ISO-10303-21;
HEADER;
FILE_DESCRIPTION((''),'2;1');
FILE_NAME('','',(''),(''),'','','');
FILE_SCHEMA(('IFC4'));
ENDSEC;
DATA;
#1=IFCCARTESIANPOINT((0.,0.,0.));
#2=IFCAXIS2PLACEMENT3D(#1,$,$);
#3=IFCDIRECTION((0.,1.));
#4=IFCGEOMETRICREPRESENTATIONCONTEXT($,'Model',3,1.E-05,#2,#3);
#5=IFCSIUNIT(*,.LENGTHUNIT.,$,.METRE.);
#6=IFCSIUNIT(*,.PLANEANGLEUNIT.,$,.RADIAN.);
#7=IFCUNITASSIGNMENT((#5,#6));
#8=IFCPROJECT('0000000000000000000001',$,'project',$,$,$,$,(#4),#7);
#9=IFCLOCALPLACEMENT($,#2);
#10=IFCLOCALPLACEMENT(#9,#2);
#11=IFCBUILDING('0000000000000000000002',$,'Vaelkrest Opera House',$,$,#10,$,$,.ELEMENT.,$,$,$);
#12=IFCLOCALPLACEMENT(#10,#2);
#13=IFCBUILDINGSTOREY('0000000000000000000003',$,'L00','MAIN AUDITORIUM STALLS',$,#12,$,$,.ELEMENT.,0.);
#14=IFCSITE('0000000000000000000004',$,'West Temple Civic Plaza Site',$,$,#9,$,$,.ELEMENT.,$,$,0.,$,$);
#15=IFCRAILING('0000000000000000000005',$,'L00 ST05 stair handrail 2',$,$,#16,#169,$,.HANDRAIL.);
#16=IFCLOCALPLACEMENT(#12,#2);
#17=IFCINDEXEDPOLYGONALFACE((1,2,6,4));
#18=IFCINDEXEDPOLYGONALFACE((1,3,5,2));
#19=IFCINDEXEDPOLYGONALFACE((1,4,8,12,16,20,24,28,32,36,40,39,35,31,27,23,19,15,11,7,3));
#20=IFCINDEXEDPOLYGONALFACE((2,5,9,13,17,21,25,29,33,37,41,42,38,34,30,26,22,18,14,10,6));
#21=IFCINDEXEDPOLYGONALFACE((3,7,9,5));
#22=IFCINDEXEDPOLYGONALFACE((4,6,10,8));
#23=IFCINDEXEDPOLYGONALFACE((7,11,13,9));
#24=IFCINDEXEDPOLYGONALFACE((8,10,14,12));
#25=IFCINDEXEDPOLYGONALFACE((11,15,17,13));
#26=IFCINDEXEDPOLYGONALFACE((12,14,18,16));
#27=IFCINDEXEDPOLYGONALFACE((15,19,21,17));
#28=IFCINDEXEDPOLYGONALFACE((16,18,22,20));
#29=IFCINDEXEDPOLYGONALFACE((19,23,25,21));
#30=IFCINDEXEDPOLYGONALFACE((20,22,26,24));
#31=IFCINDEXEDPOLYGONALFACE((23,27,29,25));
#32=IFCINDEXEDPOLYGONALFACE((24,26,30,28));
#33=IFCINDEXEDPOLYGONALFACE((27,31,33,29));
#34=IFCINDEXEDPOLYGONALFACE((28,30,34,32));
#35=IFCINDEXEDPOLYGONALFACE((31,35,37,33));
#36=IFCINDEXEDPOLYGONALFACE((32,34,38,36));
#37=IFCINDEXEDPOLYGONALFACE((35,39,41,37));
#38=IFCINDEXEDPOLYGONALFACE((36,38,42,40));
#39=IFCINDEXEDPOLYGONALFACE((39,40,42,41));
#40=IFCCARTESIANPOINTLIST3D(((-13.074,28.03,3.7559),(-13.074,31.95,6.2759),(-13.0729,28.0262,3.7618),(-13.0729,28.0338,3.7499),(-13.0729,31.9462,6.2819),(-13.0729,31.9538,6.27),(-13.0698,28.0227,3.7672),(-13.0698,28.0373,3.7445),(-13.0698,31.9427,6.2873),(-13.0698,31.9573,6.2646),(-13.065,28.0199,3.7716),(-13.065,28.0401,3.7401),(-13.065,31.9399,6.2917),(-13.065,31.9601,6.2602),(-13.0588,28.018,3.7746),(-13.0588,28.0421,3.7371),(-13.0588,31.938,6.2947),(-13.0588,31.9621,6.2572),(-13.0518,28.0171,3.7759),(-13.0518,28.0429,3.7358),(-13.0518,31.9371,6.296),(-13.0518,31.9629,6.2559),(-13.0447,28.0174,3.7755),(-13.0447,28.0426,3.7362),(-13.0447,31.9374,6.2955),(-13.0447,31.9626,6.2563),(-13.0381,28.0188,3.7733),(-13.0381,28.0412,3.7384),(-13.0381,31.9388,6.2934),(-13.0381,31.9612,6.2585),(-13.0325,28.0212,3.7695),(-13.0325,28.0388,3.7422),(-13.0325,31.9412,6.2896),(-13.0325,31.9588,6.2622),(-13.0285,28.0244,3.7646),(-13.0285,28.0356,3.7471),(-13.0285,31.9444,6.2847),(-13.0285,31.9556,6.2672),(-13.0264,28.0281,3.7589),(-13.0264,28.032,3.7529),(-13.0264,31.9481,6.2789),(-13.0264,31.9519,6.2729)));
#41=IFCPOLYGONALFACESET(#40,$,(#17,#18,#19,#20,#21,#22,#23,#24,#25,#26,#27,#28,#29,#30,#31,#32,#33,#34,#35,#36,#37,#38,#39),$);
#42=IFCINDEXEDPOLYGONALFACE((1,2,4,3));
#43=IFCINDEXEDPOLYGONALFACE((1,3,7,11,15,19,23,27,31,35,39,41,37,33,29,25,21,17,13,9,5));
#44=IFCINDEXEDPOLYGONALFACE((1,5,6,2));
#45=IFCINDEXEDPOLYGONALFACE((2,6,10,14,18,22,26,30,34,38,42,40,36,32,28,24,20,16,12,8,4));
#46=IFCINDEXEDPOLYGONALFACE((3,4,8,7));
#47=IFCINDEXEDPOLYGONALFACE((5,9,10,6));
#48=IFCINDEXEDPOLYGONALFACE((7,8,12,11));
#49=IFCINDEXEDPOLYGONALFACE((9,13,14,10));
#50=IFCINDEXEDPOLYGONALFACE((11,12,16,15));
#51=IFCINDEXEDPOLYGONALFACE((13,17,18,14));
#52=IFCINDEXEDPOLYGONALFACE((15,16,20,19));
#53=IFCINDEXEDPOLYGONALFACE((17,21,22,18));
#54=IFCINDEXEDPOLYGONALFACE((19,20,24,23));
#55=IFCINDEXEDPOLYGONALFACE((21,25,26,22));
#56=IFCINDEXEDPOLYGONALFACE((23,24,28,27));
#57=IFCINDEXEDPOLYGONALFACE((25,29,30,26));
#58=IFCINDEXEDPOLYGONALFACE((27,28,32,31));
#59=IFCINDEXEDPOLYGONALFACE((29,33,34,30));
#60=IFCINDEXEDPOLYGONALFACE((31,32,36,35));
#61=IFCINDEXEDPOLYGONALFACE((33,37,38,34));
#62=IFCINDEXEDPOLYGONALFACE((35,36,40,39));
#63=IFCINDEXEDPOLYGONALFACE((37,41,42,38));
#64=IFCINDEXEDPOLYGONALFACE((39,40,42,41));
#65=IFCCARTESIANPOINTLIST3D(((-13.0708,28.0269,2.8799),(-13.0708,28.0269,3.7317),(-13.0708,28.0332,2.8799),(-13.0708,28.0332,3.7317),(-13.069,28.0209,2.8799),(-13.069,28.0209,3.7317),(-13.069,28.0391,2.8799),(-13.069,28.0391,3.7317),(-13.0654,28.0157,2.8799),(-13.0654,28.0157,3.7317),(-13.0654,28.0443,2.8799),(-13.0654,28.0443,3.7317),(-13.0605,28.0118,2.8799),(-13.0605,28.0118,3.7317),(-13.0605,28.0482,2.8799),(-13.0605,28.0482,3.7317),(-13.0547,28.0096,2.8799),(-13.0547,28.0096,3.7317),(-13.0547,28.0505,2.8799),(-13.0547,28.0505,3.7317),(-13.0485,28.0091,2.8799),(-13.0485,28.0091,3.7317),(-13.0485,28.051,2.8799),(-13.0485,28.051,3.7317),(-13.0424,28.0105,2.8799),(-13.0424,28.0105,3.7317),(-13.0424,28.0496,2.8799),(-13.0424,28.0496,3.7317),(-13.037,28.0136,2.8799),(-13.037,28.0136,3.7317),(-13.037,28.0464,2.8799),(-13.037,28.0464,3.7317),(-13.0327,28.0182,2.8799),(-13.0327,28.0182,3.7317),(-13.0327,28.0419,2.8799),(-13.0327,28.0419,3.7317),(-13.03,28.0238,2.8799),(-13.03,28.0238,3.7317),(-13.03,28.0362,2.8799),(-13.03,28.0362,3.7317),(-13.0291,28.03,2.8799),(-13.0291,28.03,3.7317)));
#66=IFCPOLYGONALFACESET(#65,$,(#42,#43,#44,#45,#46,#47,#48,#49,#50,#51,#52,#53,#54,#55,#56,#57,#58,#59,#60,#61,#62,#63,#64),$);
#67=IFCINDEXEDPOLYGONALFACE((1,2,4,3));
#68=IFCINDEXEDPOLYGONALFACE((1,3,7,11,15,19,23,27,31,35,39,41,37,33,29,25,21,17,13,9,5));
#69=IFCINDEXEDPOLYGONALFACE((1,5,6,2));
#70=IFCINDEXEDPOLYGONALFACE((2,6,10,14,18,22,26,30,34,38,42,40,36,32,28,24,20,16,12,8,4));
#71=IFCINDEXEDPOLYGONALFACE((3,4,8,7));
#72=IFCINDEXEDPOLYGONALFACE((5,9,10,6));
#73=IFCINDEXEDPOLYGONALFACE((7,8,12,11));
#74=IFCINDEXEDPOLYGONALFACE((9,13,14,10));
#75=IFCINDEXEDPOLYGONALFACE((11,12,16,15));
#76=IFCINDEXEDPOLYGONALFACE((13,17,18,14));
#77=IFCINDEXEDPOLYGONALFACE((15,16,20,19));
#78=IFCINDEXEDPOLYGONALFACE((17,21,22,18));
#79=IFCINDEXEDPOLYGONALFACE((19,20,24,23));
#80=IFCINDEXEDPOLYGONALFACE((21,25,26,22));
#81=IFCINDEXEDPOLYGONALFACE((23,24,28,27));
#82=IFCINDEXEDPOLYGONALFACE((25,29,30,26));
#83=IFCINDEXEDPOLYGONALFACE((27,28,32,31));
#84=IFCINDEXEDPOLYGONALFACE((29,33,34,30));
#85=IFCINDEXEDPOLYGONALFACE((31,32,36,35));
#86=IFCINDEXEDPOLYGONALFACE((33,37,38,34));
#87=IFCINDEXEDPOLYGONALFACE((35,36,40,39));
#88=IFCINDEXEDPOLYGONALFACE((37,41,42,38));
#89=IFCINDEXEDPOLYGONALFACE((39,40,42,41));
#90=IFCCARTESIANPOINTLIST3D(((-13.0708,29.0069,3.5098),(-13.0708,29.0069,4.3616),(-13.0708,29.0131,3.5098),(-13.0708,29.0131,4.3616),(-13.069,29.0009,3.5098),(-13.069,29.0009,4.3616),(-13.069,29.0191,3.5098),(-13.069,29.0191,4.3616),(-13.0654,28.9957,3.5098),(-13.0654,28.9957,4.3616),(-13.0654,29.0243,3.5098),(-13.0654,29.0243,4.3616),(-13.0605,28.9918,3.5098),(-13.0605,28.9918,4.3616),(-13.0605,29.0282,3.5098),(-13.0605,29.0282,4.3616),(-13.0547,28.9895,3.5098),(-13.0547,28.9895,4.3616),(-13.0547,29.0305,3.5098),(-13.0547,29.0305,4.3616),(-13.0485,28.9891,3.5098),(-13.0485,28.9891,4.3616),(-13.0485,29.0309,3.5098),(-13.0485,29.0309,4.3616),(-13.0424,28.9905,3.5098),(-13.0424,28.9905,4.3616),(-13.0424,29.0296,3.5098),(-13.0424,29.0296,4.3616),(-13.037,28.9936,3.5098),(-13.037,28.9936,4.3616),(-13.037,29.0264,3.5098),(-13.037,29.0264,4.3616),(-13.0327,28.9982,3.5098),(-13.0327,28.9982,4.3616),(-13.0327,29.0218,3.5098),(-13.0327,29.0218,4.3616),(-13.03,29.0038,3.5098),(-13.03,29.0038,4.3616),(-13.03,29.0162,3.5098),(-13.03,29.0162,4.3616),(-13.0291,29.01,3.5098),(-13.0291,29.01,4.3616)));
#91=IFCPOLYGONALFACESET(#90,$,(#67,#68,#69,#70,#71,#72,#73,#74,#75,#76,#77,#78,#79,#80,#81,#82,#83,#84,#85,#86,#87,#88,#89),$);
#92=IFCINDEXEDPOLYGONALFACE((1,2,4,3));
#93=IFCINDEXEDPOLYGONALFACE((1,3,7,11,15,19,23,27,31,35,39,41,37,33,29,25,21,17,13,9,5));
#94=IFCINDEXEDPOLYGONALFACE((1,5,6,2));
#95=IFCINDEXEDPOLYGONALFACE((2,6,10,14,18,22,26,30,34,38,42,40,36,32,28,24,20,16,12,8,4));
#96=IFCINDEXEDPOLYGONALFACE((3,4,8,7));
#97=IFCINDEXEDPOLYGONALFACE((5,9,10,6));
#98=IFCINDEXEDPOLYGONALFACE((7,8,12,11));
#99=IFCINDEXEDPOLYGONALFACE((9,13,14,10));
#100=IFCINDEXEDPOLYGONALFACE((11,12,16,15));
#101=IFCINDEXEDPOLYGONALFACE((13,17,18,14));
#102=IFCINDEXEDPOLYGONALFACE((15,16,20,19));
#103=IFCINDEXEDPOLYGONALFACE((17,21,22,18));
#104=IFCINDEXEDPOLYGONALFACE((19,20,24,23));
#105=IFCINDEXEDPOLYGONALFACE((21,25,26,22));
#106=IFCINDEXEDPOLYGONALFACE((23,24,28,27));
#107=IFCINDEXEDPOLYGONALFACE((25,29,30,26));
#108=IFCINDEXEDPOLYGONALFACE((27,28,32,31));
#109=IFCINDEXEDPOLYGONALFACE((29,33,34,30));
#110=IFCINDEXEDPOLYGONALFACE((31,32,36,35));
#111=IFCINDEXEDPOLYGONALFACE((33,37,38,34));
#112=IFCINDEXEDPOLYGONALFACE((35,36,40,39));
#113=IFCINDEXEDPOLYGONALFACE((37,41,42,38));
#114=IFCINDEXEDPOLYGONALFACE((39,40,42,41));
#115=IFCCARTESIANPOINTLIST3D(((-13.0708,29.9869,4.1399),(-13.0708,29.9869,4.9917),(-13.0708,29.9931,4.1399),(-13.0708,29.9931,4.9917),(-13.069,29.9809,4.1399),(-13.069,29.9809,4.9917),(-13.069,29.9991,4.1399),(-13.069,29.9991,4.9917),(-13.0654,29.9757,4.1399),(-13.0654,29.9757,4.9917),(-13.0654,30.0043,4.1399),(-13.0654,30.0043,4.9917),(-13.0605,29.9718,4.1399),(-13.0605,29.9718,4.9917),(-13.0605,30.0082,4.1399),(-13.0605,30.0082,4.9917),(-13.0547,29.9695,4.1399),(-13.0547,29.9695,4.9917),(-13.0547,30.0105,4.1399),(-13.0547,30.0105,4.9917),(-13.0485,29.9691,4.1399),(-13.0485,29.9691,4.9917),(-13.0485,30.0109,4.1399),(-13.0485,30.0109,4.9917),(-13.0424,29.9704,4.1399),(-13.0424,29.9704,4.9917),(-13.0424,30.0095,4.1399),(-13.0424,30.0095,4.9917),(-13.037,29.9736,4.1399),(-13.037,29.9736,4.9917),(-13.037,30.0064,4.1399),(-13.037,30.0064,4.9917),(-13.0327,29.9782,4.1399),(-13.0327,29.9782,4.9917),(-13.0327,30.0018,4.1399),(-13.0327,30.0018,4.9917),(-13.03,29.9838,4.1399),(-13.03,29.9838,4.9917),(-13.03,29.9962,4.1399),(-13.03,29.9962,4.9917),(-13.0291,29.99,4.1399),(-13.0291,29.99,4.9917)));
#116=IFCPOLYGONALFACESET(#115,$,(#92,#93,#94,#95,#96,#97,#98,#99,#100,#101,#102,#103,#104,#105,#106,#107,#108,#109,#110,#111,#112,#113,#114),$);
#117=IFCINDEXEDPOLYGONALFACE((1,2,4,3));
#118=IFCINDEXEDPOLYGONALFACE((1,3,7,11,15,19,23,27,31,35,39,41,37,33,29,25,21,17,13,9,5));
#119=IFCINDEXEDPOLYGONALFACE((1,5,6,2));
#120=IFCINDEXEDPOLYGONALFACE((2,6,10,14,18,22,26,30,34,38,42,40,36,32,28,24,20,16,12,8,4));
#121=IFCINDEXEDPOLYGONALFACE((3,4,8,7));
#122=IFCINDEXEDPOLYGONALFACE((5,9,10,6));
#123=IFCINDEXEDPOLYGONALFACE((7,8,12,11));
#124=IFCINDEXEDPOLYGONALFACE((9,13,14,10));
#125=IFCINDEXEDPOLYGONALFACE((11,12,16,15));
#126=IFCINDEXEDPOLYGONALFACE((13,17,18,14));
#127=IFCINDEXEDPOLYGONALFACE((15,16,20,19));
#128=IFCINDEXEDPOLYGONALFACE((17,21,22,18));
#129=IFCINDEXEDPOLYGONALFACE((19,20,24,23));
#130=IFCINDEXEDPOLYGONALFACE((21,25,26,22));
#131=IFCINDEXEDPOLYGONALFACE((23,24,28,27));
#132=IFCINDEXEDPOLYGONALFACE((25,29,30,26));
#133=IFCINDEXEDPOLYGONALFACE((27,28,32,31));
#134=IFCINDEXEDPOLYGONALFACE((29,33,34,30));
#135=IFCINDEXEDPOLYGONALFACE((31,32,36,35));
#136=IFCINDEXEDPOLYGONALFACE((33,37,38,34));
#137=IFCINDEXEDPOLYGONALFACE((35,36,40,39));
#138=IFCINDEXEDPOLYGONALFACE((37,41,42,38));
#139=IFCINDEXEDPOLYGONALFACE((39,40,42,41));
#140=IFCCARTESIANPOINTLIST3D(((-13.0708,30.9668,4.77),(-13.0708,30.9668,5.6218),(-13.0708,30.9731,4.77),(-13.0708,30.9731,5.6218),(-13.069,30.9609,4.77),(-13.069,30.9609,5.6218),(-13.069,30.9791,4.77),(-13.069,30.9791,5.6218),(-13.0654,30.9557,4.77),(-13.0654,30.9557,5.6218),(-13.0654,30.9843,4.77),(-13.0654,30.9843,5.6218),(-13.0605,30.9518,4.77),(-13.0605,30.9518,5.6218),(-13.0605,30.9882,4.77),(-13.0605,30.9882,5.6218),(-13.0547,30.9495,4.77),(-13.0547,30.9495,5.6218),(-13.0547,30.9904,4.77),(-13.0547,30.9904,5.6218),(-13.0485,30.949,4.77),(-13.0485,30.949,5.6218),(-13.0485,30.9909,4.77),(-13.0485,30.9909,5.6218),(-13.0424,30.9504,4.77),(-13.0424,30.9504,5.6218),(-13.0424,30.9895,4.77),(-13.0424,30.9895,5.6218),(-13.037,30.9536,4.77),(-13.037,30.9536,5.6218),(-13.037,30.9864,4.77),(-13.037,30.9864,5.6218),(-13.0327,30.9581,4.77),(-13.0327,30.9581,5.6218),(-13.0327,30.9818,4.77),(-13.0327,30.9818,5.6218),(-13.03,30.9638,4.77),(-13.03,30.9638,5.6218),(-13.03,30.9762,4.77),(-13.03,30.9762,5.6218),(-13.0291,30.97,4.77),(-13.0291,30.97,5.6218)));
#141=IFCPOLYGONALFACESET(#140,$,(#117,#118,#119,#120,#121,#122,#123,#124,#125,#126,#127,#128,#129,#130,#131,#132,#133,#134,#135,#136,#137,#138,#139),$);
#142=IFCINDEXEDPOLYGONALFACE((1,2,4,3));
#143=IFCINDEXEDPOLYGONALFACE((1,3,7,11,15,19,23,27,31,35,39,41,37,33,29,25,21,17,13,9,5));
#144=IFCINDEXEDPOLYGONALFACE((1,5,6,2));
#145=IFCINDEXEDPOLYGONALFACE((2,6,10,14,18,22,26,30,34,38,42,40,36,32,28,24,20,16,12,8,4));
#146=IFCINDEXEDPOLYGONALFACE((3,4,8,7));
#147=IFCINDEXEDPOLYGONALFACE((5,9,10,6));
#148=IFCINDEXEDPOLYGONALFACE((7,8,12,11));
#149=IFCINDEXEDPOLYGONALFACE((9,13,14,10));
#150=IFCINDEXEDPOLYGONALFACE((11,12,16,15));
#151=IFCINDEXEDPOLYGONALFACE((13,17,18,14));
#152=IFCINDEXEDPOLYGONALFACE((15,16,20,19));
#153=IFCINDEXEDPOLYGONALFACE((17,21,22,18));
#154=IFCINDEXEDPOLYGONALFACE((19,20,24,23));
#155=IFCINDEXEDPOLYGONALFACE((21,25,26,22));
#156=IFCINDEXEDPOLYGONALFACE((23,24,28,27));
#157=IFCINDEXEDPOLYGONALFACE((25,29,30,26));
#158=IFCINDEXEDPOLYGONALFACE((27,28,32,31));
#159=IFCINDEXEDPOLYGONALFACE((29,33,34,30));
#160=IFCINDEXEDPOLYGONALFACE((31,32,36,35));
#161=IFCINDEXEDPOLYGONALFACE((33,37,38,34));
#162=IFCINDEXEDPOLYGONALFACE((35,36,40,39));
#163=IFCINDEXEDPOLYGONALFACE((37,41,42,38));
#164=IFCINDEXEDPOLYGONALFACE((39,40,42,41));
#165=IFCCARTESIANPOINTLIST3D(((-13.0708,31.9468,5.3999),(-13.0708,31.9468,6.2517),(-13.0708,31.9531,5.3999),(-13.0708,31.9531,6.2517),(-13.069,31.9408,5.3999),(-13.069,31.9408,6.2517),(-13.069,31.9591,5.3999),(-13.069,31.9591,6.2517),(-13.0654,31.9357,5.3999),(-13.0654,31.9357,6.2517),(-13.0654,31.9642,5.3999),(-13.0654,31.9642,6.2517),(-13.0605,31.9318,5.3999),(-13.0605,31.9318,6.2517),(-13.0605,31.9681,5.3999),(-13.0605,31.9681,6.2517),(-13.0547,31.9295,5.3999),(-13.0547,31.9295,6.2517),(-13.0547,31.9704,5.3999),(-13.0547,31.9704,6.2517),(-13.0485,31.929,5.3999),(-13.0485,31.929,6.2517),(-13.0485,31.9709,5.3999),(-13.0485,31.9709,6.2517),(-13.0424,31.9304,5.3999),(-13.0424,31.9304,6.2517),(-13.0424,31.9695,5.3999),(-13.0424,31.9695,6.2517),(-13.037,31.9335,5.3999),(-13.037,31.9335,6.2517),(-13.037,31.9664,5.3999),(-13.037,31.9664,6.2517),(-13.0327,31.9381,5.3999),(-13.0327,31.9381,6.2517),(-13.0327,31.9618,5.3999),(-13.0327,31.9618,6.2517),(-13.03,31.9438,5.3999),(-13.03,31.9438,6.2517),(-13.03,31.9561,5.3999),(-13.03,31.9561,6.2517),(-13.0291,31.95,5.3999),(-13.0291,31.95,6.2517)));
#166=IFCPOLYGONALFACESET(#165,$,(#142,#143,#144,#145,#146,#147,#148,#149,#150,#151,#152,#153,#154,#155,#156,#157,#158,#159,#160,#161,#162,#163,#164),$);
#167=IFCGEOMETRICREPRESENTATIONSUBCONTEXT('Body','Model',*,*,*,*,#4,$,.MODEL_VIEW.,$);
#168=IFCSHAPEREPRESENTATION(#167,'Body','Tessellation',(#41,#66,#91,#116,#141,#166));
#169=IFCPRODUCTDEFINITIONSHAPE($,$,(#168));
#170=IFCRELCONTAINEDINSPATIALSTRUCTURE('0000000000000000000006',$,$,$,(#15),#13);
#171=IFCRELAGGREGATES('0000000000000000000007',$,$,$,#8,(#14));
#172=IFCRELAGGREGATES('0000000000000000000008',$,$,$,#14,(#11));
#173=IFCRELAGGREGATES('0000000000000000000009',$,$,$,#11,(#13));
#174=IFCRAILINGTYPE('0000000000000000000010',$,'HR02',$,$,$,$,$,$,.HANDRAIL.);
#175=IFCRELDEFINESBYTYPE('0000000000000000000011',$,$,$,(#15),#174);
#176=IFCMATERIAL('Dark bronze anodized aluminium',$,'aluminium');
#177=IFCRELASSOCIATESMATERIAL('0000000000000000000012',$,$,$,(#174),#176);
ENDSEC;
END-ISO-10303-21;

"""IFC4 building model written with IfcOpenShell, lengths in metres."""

from ifc_helpers import new_model, si_unit, direction, frame, origin, origin_2d, place, context, subcontext, project, spatial, circle, extrude, material, type_object, element, save


model = new_model("IFC4")

# Units and contexts
model_context = context("Model", 3, precision=1e-05, world=origin(), true_north=direction((0.0, 1.0)))
body_context = subcontext(model_context, "Body", "Model", "MODEL_VIEW")
ifc_project = project(units=[si_unit("LENGTHUNIT", "METRE"), si_unit("PLANEANGLEUNIT", "RADIAN")], contexts=[model_context])

# Site, building, storey
site_placement = place(None, origin())
site = spatial("IfcSite", under=ifc_project, at=site_placement, Name="West Temple Civic Plaza Site", CompositionType="ELEMENT", RefElevation=0.0)
building_placement = place(site_placement, origin())
building = spatial("IfcBuilding", under=site, at=building_placement, Name="Vaelkrest Opera House", CompositionType="ELEMENT")
storey_placement = place(building_placement, origin())
storey = spatial("IfcBuildingStorey", under=building, at=storey_placement, Name="L00", Description="MAIN AUDITORIUM STALLS", CompositionType="ELEMENT", Elevation=0.0)

# Railing
ifc_material_1 = material(Name="Dark bronze anodized aluminium", Category="aluminium")
railing_type_1 = type_object("IfcRailingType", Name="HR02", PredefinedType="HANDRAIL", material=ifc_material_1)
railing_1_placement = place(storey_placement, frame((-13.05, 28.03, 2.8799)))
element("IfcRailing", 1, at=railing_1_placement, inside=storey, type_object=railing_type_1, Name="L00 ST05 stair handrail 2", PredefinedType="HANDRAIL", context=body_context, shape_type="SweptSolid", body=[
    extrude(circle(Radius=0.0239, at=origin_2d()), frame((0.0, 0.0, 0.876), z_axis=(0.0, 0.841172, 0.540768), x_axis=(-1.0, 0.0, 0.0)), (0.0, 0.0, 1.0), 4.6602),
    extrude(circle(Radius=0.021, at=origin_2d()), origin(), (0.0, 0.0, 1.0), 0.8518),
    extrude(circle(Radius=0.021, at=origin_2d()), frame((0.0, 0.98, 0.6299)), (0.0, 0.0, 1.0), 0.8518),
    extrude(circle(Radius=0.021, at=origin_2d()), frame((0.0, 1.96, 1.26)), (0.0, 0.0, 1.0), 0.8518),
    extrude(circle(Radius=0.021, at=origin_2d()), frame((0.0, 2.9399, 1.8901)), (0.0, 0.0, 1.0), 0.8518),
    extrude(circle(Radius=0.021, at=origin_2d()), frame((0.0, 3.9199, 2.52)), (0.0, 0.0, 1.0), 0.8518),
])

save(model, "model.ifc")
